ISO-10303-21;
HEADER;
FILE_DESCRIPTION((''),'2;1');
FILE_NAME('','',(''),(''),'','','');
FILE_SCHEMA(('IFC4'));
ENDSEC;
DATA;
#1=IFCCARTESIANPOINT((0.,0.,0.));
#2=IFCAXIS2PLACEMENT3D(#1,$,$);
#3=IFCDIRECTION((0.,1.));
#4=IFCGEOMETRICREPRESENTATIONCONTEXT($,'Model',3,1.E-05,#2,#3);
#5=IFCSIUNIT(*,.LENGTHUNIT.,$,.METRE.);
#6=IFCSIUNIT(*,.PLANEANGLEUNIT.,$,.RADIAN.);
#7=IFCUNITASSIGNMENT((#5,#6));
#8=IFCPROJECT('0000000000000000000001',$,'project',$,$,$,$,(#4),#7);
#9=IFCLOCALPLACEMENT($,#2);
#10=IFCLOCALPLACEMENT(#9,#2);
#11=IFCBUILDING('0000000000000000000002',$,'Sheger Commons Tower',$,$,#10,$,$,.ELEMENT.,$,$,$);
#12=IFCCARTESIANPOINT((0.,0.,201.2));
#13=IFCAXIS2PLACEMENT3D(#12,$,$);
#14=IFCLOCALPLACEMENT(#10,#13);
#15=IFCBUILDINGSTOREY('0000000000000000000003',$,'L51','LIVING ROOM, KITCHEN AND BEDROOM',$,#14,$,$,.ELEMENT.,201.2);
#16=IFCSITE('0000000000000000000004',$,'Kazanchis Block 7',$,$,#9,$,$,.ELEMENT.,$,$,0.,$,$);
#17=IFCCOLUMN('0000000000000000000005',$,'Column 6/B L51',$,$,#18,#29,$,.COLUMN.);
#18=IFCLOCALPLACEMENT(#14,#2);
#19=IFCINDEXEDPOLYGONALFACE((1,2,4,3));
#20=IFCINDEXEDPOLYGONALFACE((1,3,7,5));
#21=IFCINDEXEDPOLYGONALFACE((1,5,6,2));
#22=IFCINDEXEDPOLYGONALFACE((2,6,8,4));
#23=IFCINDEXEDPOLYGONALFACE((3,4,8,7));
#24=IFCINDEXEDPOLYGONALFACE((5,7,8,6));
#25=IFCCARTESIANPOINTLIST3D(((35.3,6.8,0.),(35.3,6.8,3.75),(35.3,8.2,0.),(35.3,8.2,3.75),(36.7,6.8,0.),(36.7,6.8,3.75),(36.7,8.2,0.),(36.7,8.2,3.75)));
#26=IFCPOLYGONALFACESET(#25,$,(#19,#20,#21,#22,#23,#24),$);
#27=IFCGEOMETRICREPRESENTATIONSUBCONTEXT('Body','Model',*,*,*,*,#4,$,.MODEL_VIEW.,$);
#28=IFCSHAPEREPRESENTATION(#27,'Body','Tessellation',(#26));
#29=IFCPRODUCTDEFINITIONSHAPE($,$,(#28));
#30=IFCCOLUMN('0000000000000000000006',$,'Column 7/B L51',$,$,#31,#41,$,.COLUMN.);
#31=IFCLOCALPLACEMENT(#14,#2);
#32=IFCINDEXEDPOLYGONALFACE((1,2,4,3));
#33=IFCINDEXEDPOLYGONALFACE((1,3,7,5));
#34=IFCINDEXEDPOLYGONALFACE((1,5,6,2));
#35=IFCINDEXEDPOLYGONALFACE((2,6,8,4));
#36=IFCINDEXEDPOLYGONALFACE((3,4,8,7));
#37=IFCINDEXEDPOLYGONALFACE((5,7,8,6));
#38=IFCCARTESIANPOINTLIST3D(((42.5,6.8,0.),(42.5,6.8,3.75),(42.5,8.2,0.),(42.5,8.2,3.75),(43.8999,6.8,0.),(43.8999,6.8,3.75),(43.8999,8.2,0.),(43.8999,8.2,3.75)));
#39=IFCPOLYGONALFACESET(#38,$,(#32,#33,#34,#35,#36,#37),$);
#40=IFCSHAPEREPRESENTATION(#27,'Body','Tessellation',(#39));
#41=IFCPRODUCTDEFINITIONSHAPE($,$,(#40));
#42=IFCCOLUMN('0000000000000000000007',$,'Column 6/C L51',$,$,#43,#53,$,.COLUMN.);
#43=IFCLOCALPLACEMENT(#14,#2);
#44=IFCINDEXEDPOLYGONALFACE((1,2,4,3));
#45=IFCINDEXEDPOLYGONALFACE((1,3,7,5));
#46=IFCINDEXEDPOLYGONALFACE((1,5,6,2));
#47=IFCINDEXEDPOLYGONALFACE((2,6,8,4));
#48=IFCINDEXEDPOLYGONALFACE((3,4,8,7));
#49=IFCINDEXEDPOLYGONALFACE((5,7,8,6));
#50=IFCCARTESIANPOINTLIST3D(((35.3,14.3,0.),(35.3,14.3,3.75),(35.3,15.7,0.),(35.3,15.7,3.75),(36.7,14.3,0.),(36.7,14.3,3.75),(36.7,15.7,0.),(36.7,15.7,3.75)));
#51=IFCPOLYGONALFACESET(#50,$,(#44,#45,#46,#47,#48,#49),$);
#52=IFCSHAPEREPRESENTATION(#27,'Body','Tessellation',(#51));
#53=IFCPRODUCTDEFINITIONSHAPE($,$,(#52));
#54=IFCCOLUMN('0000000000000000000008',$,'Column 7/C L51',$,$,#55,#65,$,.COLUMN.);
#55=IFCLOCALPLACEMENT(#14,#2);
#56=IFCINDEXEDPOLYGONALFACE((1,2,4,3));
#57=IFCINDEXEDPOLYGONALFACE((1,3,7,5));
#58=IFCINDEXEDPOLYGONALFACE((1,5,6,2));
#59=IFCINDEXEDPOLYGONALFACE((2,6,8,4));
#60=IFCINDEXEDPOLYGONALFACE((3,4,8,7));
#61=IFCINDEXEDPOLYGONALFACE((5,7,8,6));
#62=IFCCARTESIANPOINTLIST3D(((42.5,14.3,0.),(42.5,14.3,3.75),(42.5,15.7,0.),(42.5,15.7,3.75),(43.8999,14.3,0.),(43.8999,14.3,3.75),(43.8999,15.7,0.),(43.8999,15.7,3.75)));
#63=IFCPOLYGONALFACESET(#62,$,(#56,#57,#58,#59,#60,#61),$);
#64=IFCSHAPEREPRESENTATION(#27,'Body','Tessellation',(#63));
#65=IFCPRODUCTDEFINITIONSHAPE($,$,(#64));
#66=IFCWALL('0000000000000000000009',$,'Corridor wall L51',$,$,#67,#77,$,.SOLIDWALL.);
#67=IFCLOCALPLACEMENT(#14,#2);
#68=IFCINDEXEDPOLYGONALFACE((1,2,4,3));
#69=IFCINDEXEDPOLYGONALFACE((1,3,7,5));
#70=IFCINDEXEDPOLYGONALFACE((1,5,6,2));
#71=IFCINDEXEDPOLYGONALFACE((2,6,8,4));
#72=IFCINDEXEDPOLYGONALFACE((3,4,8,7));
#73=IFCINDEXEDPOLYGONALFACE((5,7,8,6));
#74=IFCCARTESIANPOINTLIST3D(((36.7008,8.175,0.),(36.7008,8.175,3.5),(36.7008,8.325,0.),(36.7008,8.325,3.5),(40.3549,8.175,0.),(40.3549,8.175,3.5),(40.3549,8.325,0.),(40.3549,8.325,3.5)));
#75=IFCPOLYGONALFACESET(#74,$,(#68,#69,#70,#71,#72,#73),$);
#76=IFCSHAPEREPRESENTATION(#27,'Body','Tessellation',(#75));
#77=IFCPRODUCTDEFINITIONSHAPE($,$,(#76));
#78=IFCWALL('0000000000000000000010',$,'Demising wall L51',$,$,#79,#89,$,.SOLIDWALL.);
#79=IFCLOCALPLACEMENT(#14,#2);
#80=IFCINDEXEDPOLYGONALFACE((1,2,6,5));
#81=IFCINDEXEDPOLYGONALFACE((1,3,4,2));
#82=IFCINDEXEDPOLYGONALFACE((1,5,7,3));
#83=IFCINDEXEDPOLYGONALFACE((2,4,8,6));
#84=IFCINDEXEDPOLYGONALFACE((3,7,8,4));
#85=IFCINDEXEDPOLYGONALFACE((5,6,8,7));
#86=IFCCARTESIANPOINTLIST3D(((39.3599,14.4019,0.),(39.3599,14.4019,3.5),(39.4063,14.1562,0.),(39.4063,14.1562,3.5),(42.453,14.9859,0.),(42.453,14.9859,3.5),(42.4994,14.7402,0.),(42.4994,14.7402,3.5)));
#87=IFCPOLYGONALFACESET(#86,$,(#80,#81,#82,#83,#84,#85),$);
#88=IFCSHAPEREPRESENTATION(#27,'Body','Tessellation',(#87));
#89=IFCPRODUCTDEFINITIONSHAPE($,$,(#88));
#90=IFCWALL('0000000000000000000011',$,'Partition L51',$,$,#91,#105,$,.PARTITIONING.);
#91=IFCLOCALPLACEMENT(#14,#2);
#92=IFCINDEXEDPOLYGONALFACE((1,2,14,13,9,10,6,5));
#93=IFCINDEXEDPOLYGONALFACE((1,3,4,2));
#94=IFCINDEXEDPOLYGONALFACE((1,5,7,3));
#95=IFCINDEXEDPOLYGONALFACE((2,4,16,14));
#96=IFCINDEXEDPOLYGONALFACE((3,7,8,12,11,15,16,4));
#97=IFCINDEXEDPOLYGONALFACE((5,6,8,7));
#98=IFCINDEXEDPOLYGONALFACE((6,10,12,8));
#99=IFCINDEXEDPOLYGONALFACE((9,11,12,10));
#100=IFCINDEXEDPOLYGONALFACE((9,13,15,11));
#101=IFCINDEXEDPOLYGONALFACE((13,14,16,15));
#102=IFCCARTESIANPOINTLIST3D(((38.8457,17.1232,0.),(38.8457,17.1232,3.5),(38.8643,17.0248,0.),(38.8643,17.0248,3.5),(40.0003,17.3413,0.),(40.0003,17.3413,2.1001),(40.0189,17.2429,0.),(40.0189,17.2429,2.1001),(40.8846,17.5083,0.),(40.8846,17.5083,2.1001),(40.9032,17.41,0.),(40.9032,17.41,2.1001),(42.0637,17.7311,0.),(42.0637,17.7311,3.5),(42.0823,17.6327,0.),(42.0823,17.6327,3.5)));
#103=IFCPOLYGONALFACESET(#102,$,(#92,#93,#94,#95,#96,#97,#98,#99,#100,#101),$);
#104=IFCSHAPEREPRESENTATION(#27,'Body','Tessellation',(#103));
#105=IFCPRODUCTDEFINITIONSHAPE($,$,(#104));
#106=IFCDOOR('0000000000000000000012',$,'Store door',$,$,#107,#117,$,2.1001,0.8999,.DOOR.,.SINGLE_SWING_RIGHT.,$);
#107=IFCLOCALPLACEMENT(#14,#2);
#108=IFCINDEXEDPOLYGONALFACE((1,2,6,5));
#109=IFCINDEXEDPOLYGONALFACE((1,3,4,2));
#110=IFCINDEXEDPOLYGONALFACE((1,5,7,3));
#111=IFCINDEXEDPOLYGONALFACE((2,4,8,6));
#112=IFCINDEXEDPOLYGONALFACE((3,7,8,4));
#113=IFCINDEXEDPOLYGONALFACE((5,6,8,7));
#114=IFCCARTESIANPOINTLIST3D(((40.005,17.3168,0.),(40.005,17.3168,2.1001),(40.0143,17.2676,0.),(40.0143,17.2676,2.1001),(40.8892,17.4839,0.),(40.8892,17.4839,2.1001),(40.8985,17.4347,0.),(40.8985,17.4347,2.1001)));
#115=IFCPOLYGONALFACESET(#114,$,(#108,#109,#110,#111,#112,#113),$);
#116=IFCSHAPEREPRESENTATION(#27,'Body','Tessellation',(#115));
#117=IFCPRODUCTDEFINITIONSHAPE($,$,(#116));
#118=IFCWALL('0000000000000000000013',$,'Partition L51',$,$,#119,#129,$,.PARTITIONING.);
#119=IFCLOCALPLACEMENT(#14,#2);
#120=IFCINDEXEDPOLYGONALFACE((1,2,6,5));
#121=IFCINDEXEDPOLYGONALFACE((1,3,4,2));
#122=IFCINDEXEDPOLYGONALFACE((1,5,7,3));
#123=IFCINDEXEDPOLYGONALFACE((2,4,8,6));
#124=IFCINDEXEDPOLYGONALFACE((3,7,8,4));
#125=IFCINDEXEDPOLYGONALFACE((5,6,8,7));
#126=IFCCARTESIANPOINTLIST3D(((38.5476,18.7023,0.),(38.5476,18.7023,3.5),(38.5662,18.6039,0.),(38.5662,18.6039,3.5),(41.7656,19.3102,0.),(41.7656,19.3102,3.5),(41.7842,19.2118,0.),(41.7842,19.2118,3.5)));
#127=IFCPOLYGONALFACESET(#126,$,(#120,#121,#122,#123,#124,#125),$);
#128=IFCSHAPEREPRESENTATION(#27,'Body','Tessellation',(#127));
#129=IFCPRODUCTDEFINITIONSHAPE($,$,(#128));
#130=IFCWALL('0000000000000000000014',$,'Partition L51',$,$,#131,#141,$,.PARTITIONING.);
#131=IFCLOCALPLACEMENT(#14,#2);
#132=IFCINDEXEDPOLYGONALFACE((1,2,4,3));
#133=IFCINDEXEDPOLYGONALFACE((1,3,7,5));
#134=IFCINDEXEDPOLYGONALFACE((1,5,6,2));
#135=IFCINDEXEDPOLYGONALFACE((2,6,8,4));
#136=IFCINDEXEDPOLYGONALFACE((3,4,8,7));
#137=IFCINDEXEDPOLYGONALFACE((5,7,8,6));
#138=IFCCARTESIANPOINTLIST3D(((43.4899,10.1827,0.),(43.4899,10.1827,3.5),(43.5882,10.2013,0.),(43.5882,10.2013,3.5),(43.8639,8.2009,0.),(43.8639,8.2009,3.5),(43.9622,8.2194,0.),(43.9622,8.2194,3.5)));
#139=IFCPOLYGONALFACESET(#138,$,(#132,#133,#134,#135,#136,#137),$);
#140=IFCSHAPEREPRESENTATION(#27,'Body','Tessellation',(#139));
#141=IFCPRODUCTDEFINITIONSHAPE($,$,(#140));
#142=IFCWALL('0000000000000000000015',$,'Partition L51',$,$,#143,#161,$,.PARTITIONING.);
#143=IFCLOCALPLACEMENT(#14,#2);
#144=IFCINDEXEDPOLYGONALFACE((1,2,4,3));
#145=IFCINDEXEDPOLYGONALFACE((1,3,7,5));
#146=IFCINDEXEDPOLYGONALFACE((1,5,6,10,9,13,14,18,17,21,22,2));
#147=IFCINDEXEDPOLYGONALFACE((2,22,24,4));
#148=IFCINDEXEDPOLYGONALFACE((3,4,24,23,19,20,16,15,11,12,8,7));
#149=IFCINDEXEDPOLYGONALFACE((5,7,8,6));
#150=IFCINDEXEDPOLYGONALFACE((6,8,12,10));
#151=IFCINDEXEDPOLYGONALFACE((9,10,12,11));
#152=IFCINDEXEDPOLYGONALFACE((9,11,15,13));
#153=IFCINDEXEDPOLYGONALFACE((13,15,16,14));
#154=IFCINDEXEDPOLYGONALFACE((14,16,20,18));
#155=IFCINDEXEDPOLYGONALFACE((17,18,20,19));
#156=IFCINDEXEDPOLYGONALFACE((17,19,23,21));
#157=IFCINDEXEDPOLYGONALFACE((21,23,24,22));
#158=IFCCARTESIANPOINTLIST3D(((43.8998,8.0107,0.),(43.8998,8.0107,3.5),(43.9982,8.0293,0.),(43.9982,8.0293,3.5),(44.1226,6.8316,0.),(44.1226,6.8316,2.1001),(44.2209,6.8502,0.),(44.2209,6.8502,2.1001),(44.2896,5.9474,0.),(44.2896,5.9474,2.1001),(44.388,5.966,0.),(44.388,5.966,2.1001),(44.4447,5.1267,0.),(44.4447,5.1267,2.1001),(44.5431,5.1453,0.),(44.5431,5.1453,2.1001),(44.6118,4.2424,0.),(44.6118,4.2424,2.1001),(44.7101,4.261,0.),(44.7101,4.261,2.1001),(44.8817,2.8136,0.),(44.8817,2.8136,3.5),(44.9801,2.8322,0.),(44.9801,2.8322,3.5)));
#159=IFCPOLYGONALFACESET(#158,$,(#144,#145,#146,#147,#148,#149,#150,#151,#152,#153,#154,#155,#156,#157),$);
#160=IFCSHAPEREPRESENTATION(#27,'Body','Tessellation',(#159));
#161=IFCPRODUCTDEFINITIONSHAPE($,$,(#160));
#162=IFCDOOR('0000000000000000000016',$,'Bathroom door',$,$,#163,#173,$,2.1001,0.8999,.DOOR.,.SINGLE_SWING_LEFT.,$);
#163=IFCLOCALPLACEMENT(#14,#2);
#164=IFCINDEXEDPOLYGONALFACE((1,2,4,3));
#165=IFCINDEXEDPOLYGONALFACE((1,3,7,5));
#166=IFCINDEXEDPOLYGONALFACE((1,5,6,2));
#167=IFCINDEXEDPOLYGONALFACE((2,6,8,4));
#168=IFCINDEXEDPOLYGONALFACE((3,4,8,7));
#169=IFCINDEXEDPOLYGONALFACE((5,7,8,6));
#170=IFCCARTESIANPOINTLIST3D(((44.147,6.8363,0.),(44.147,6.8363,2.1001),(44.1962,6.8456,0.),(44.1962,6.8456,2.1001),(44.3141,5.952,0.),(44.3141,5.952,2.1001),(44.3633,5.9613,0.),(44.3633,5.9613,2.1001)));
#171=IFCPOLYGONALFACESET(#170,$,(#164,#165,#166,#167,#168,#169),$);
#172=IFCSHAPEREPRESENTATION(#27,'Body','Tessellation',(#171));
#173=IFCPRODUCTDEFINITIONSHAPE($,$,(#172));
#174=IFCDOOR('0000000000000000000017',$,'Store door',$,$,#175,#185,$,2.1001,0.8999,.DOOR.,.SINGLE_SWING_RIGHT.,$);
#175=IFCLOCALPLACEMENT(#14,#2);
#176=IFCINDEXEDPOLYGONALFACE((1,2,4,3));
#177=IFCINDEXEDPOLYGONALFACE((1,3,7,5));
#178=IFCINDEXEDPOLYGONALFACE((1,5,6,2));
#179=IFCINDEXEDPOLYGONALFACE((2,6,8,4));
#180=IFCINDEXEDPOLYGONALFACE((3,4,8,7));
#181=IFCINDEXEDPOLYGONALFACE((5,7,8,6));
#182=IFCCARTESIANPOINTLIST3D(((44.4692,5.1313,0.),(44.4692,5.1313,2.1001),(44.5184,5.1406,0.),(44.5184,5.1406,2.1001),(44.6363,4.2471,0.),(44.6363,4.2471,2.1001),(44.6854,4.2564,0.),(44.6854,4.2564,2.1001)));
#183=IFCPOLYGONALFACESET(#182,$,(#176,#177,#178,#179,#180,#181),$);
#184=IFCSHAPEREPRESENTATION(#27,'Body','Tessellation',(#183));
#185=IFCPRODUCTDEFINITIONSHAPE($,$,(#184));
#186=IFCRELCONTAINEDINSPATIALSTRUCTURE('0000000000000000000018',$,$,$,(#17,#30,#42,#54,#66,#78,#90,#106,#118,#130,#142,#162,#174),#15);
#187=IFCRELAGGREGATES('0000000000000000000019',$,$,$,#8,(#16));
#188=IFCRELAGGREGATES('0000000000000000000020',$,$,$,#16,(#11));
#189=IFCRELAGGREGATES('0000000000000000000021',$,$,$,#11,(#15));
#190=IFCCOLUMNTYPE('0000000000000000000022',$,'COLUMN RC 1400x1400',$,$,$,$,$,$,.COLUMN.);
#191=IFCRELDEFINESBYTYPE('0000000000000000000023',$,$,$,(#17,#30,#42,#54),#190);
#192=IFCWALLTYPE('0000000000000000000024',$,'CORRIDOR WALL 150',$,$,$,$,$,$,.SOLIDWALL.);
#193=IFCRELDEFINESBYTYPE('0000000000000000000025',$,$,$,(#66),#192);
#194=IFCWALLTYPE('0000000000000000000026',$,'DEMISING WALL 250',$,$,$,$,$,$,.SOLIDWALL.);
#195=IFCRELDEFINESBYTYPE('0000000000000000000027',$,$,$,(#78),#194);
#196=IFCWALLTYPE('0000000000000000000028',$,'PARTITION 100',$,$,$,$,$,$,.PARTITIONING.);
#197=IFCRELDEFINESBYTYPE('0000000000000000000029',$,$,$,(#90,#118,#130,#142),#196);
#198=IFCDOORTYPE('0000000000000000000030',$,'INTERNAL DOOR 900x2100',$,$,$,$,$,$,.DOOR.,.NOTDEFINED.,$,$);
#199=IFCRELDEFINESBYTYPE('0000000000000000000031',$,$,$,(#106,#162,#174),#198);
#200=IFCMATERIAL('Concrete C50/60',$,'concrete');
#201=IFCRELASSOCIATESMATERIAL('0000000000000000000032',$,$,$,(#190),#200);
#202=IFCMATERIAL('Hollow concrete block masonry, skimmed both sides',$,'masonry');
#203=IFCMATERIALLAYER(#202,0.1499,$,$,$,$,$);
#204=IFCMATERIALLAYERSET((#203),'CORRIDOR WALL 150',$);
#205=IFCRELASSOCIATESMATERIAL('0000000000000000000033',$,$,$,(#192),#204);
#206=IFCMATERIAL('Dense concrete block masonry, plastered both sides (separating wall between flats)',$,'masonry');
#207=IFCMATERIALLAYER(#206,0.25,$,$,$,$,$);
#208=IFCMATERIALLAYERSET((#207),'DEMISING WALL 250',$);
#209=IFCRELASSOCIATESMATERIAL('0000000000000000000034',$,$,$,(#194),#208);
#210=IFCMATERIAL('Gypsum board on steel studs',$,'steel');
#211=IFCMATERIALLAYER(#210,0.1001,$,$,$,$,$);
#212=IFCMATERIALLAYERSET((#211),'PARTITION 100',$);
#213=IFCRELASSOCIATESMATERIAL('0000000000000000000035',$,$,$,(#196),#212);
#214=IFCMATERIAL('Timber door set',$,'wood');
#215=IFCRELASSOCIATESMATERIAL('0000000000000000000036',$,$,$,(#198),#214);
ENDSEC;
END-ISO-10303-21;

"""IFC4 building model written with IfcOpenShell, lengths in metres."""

from ifc_helpers import new_model, si_unit, direction, frame, frame_2d, origin, origin_2d, place, context, subcontext, project, spatial, rectangle, extrude, material, layer, layer_set, material_profile, profile_set, type_object, element, fill, save


model = new_model("IFC4")

# Units and contexts
model_context = context("Model", 3, precision=1e-05, world=origin(), true_north=direction((0.0, 1.0)))
body_context = subcontext(model_context, "Body", "Model", "MODEL_VIEW")
ifc_project = project(units=[si_unit("LENGTHUNIT", "METRE"), si_unit("PLANEANGLEUNIT", "RADIAN")], contexts=[model_context])

# Site, building, storey
site_placement = place(None, origin())
site = spatial("IfcSite", under=ifc_project, at=site_placement, Name="Kazanchis Block 7", CompositionType="ELEMENT", RefElevation=0.0)
building_placement = place(site_placement, origin())
building = spatial("IfcBuilding", under=site, at=building_placement, Name="Sheger Commons Tower", CompositionType="ELEMENT")
storey_placement = place(building_placement, frame((0.0, 0.0, 201.2)))
storey = spatial("IfcBuildingStorey", under=building, at=storey_placement, Name="L51", Description="LIVING ROOM, KITCHEN AND BEDROOM", CompositionType="ELEMENT", Elevation=201.2)

# Columns
ifc_material_1 = material(Name="Concrete C50/60", Category="concrete")
ifc_material_profile = material_profile(ifc_material_1, rectangle(XDim=1.3999, YDim=1.3999, at=origin_2d()), Name="RC 1400x1400")
ifc_profile_set = profile_set([ifc_material_profile], Name="Concrete C50/60")
column_type = type_object("IfcColumnType", Name="COLUMN RC 1400x1400", PredefinedType="COLUMN", material=ifc_profile_set)
for number, where, z_axis, x_axis, name in (
    (1, (36.0, 7.5, 0.0), (0.0, 0.0, 1.0), (1.0, 0.0, 0.0), "Column 6/B L51"),
    (2, (43.2, 7.5, 0.0), (0.0, 0.0, 1.0), (1.0, 0.0, 0.0), "Column 7/B L51"),
    (3, (36.0, 15.0, 0.0), (0.0, 0.0, 1.0), (1.0, 0.0, 0.0), "Column 6/C L51"),
    (4, (43.2, 15.0, 0.0), (0.0, 0.0, 1.0), (1.0, 0.0, 0.0), "Column 7/C L51"),
):
    element("IfcColumn", number, at=place(storey_placement, frame(where, z_axis=z_axis, x_axis=x_axis)), inside=storey, type_object=column_type, Name=name, PredefinedType="COLUMN", context=body_context, shape_type="SweptSolid", body=[
        extrude(rectangle(XDim=1.3999, YDim=1.3999, at=origin_2d()), origin(), (0.0, 0.0, 1.0), 3.75),
    ])

# Walls
ifc_material_2 = material(Name="Hollow concrete block masonry, skimmed both sides", Category="masonry")
ifc_layer_1 = layer(ifc_material_2, 0.1499)
ifc_layer_set_1 = layer_set([ifc_layer_1], Name="CORRIDOR WALL 150")
wall_type_1 = type_object("IfcWallType", Name="CORRIDOR WALL 150", PredefinedType="SOLIDWALL", material=ifc_layer_set_1)
wall_1_placement = place(storey_placement, frame((40.355, 8.25, 0.0), z_axis=(0.0, 0.0, 1.0), x_axis=(-1.0, 0.0, 0.0)))
element("IfcWall", 5, at=wall_1_placement, inside=storey, type_object=wall_type_1, Name="Corridor wall L51", PredefinedType="SOLIDWALL", context=body_context, shape_type="SweptSolid", body=[
    extrude(rectangle(XDim=3.6541, YDim=0.1499, at=frame_2d((1.8271, 0.0))), origin(), (0.0, 0.0, 1.0), 3.5),
])
ifc_material_3 = material(Name="Dense concrete block masonry, plastered both sides (separating wall between flats)", Category="masonry")
ifc_layer_2 = layer(ifc_material_3, 0.25)
ifc_layer_set_2 = layer_set([ifc_layer_2], Name="DEMISING WALL 250")
wall_type_2 = type_object("IfcWallType", Name="DEMISING WALL 250", PredefinedType="SOLIDWALL", material=ifc_layer_set_2)
wall_2_placement = place(storey_placement, frame((42.4761, 14.863, 0.0), z_axis=(0.0, 0.0, 1.0), x_axis=(-0.982639, -0.185529, 0.0)))
element("IfcWall", 6, at=wall_2_placement, inside=storey, type_object=wall_type_2, Name="Demising wall L51", PredefinedType="SOLIDWALL", context=body_context, shape_type="SweptSolid", body=[
    extrude(rectangle(XDim=3.1477, YDim=0.25, at=frame_2d((1.5737, 0.0))), origin(), (0.0, 0.0, 1.0), 3.5),
])

# Wall, opening, door
ifc_material_4 = material(Name="Gypsum board on steel studs", Category="steel")
ifc_layer_3 = layer(ifc_material_4, 0.1001)
ifc_layer_set_3 = layer_set([ifc_layer_3], Name="PARTITION 100")
wall_type_3 = type_object("IfcWallType", Name="PARTITION 100", PredefinedType="PARTITIONING", material=ifc_layer_set_3)
wall_3_placement = place(storey_placement, frame((42.073, 17.6819, 0.0), z_axis=(0.0, 0.0, 1.0), x_axis=(-0.982621, -0.185625, 0.0)))
wall_3 = element("IfcWall", 7, at=wall_3_placement, inside=storey, type_object=wall_type_3, Name="Partition L51", PredefinedType="PARTITIONING", context=body_context, shape_type="SweptSolid", body=[
    extrude(rectangle(XDim=3.2749, YDim=0.1001, at=frame_2d((1.6375, 0.0))), origin(), (0.0, 0.0, 1.0), 3.5),
])
opening_1_placement = place(wall_3_placement, frame((1.2, 0.0, 0.0)))
opening_1 = element("IfcOpeningElement", 8, at=opening_1_placement, cuts=wall_3, PredefinedType="OPENING", context=body_context, shape_type="SweptSolid", body=[
    extrude(rectangle(XDim=0.8999, YDim=2.1001, at=frame_2d((0.45, 1.05))), frame((0.0, 0.0601, 0.0), z_axis=(0.0, -1.0, 0.0), x_axis=(1.0, 0.0, 0.0)), (0.0, 0.0, 1.0), 0.1201),
])
ifc_material_5 = material(Name="Timber door set", Category="wood")
door_type_1 = type_object("IfcDoorType", Name="INTERNAL DOOR 900x2100", OperationType="NOTDEFINED", PredefinedType="DOOR", material=ifc_material_5)
door_1_placement = place(opening_1_placement, origin())
door_1 = element("IfcDoor", 9, at=door_1_placement, inside=storey, type_object=door_type_1, Name="Store door", OperationType="SINGLE_SWING_RIGHT", OverallHeight=2.1001, OverallWidth=0.8999, PredefinedType="DOOR", context=body_context, shape_type="SweptSolid", body=[
    extrude(rectangle(XDim=0.8999, YDim=2.1001, at=frame_2d((0.45, 1.05))), frame((0.0, 0.0249, 0.0), z_axis=(0.0, -1.0, 0.0), x_axis=(1.0, 0.0, 0.0)), (0.0, 0.0, 1.0), 0.05),
])
fill(opening_1, door_1)

# Walls
wall_4_placement = place(storey_placement, frame((41.7749, 19.261, 0.0), z_axis=(0.0, 0.0, 1.0), x_axis=(-0.982621, -0.185625, 0.0)))
element("IfcWall", 10, at=wall_4_placement, inside=storey, type_object=wall_type_3, Name="Partition L51", PredefinedType="PARTITIONING", context=body_context, shape_type="SweptSolid", body=[
    extrude(rectangle(XDim=3.2749, YDim=0.1001, at=frame_2d((1.6375, 0.0))), origin(), (0.0, 0.0, 1.0), 3.5),
])
wall_5_placement = place(storey_placement, frame((43.5391, 10.1919, 0.0), z_axis=(0.0, 0.0, 1.0), x_axis=(0.185443, -0.982655, 0.0)))
element("IfcWall", 11, at=wall_5_placement, inside=storey, type_object=wall_type_3, Name="Partition L51", PredefinedType="PARTITIONING", context=body_context, shape_type="SweptSolid", body=[
    extrude(rectangle(XDim=2.0168, YDim=0.1001, at=frame_2d((1.0083, 0.0))), origin(), (0.0, 0.0, 1.0), 3.5),
])

# Wall, openings, doors
wall_6_placement = place(storey_placement, frame((43.949, 8.02, 0.0), z_axis=(0.0, 0.0, 1.0), x_axis=(0.185657, -0.982615, 0.0)))
wall_6 = element("IfcWall", 12, at=wall_6_placement, inside=storey, type_object=wall_type_3, Name="Partition L51", PredefinedType="PARTITIONING", context=body_context, shape_type="SweptSolid", body=[
    extrude(rectangle(XDim=5.2891, YDim=0.1001, at=frame_2d((2.6445, 0.0))), origin(), (0.0, 0.0, 1.0), 3.5),
])
opening_2_placement = place(wall_6_placement, frame((1.2, 0.0, 0.0)))
opening_2 = element("IfcOpeningElement", 13, at=opening_2_placement, cuts=wall_6, PredefinedType="OPENING", context=body_context, shape_type="SweptSolid", body=[
    extrude(rectangle(XDim=0.8999, YDim=2.1001, at=frame_2d((0.45, 1.05))), frame((0.0, 0.0601, 0.0), z_axis=(0.0, -1.0, 0.0), x_axis=(1.0, 0.0, 0.0)), (0.0, 0.0, 1.0), 0.1201),
])
opening_3_placement = place(wall_6_placement, frame((2.9351, 0.0, 0.0)))
opening_3 = element("IfcOpeningElement", 14, at=opening_3_placement, cuts=wall_6, PredefinedType="OPENING", context=body_context, shape_type="SweptSolid", body=[
    extrude(rectangle(XDim=0.8999, YDim=2.1001, at=frame_2d((0.45, 1.05))), frame((0.0, 0.0601, 0.0), z_axis=(0.0, -1.0, 0.0), x_axis=(1.0, 0.0, 0.0)), (0.0, 0.0, 1.0), 0.1201),
])
door_2_placement = place(opening_2_placement, origin())
door_2 = element("IfcDoor", 15, at=door_2_placement, inside=storey, type_object=door_type_1, Name="Bathroom door", OperationType="SINGLE_SWING_LEFT", OverallHeight=2.1001, OverallWidth=0.8999, PredefinedType="DOOR", context=body_context, shape_type="SweptSolid", body=[
    extrude(rectangle(XDim=0.8999, YDim=2.1001, at=frame_2d((0.45, 1.05))), frame((0.0, 0.0249, 0.0), z_axis=(0.0, -1.0, 0.0), x_axis=(1.0, 0.0, 0.0)), (0.0, 0.0, 1.0), 0.05),
])
fill(opening_2, door_2)
door_3_placement = place(opening_3_placement, origin())
door_3 = element("IfcDoor", 16, at=door_3_placement, inside=storey, type_object=door_type_1, Name="Store door", OperationType="SINGLE_SWING_RIGHT", OverallHeight=2.1001, OverallWidth=0.8999, PredefinedType="DOOR", context=body_context, shape_type="SweptSolid", body=[
    extrude(rectangle(XDim=0.8999, YDim=2.1001, at=frame_2d((0.45, 1.05))), frame((0.0, 0.0249, 0.0), z_axis=(0.0, -1.0, 0.0), x_axis=(1.0, 0.0, 0.0)), (0.0, 0.0, 1.0), 0.05),
])
fill(opening_3, door_3)

save(model, "model.ifc")
